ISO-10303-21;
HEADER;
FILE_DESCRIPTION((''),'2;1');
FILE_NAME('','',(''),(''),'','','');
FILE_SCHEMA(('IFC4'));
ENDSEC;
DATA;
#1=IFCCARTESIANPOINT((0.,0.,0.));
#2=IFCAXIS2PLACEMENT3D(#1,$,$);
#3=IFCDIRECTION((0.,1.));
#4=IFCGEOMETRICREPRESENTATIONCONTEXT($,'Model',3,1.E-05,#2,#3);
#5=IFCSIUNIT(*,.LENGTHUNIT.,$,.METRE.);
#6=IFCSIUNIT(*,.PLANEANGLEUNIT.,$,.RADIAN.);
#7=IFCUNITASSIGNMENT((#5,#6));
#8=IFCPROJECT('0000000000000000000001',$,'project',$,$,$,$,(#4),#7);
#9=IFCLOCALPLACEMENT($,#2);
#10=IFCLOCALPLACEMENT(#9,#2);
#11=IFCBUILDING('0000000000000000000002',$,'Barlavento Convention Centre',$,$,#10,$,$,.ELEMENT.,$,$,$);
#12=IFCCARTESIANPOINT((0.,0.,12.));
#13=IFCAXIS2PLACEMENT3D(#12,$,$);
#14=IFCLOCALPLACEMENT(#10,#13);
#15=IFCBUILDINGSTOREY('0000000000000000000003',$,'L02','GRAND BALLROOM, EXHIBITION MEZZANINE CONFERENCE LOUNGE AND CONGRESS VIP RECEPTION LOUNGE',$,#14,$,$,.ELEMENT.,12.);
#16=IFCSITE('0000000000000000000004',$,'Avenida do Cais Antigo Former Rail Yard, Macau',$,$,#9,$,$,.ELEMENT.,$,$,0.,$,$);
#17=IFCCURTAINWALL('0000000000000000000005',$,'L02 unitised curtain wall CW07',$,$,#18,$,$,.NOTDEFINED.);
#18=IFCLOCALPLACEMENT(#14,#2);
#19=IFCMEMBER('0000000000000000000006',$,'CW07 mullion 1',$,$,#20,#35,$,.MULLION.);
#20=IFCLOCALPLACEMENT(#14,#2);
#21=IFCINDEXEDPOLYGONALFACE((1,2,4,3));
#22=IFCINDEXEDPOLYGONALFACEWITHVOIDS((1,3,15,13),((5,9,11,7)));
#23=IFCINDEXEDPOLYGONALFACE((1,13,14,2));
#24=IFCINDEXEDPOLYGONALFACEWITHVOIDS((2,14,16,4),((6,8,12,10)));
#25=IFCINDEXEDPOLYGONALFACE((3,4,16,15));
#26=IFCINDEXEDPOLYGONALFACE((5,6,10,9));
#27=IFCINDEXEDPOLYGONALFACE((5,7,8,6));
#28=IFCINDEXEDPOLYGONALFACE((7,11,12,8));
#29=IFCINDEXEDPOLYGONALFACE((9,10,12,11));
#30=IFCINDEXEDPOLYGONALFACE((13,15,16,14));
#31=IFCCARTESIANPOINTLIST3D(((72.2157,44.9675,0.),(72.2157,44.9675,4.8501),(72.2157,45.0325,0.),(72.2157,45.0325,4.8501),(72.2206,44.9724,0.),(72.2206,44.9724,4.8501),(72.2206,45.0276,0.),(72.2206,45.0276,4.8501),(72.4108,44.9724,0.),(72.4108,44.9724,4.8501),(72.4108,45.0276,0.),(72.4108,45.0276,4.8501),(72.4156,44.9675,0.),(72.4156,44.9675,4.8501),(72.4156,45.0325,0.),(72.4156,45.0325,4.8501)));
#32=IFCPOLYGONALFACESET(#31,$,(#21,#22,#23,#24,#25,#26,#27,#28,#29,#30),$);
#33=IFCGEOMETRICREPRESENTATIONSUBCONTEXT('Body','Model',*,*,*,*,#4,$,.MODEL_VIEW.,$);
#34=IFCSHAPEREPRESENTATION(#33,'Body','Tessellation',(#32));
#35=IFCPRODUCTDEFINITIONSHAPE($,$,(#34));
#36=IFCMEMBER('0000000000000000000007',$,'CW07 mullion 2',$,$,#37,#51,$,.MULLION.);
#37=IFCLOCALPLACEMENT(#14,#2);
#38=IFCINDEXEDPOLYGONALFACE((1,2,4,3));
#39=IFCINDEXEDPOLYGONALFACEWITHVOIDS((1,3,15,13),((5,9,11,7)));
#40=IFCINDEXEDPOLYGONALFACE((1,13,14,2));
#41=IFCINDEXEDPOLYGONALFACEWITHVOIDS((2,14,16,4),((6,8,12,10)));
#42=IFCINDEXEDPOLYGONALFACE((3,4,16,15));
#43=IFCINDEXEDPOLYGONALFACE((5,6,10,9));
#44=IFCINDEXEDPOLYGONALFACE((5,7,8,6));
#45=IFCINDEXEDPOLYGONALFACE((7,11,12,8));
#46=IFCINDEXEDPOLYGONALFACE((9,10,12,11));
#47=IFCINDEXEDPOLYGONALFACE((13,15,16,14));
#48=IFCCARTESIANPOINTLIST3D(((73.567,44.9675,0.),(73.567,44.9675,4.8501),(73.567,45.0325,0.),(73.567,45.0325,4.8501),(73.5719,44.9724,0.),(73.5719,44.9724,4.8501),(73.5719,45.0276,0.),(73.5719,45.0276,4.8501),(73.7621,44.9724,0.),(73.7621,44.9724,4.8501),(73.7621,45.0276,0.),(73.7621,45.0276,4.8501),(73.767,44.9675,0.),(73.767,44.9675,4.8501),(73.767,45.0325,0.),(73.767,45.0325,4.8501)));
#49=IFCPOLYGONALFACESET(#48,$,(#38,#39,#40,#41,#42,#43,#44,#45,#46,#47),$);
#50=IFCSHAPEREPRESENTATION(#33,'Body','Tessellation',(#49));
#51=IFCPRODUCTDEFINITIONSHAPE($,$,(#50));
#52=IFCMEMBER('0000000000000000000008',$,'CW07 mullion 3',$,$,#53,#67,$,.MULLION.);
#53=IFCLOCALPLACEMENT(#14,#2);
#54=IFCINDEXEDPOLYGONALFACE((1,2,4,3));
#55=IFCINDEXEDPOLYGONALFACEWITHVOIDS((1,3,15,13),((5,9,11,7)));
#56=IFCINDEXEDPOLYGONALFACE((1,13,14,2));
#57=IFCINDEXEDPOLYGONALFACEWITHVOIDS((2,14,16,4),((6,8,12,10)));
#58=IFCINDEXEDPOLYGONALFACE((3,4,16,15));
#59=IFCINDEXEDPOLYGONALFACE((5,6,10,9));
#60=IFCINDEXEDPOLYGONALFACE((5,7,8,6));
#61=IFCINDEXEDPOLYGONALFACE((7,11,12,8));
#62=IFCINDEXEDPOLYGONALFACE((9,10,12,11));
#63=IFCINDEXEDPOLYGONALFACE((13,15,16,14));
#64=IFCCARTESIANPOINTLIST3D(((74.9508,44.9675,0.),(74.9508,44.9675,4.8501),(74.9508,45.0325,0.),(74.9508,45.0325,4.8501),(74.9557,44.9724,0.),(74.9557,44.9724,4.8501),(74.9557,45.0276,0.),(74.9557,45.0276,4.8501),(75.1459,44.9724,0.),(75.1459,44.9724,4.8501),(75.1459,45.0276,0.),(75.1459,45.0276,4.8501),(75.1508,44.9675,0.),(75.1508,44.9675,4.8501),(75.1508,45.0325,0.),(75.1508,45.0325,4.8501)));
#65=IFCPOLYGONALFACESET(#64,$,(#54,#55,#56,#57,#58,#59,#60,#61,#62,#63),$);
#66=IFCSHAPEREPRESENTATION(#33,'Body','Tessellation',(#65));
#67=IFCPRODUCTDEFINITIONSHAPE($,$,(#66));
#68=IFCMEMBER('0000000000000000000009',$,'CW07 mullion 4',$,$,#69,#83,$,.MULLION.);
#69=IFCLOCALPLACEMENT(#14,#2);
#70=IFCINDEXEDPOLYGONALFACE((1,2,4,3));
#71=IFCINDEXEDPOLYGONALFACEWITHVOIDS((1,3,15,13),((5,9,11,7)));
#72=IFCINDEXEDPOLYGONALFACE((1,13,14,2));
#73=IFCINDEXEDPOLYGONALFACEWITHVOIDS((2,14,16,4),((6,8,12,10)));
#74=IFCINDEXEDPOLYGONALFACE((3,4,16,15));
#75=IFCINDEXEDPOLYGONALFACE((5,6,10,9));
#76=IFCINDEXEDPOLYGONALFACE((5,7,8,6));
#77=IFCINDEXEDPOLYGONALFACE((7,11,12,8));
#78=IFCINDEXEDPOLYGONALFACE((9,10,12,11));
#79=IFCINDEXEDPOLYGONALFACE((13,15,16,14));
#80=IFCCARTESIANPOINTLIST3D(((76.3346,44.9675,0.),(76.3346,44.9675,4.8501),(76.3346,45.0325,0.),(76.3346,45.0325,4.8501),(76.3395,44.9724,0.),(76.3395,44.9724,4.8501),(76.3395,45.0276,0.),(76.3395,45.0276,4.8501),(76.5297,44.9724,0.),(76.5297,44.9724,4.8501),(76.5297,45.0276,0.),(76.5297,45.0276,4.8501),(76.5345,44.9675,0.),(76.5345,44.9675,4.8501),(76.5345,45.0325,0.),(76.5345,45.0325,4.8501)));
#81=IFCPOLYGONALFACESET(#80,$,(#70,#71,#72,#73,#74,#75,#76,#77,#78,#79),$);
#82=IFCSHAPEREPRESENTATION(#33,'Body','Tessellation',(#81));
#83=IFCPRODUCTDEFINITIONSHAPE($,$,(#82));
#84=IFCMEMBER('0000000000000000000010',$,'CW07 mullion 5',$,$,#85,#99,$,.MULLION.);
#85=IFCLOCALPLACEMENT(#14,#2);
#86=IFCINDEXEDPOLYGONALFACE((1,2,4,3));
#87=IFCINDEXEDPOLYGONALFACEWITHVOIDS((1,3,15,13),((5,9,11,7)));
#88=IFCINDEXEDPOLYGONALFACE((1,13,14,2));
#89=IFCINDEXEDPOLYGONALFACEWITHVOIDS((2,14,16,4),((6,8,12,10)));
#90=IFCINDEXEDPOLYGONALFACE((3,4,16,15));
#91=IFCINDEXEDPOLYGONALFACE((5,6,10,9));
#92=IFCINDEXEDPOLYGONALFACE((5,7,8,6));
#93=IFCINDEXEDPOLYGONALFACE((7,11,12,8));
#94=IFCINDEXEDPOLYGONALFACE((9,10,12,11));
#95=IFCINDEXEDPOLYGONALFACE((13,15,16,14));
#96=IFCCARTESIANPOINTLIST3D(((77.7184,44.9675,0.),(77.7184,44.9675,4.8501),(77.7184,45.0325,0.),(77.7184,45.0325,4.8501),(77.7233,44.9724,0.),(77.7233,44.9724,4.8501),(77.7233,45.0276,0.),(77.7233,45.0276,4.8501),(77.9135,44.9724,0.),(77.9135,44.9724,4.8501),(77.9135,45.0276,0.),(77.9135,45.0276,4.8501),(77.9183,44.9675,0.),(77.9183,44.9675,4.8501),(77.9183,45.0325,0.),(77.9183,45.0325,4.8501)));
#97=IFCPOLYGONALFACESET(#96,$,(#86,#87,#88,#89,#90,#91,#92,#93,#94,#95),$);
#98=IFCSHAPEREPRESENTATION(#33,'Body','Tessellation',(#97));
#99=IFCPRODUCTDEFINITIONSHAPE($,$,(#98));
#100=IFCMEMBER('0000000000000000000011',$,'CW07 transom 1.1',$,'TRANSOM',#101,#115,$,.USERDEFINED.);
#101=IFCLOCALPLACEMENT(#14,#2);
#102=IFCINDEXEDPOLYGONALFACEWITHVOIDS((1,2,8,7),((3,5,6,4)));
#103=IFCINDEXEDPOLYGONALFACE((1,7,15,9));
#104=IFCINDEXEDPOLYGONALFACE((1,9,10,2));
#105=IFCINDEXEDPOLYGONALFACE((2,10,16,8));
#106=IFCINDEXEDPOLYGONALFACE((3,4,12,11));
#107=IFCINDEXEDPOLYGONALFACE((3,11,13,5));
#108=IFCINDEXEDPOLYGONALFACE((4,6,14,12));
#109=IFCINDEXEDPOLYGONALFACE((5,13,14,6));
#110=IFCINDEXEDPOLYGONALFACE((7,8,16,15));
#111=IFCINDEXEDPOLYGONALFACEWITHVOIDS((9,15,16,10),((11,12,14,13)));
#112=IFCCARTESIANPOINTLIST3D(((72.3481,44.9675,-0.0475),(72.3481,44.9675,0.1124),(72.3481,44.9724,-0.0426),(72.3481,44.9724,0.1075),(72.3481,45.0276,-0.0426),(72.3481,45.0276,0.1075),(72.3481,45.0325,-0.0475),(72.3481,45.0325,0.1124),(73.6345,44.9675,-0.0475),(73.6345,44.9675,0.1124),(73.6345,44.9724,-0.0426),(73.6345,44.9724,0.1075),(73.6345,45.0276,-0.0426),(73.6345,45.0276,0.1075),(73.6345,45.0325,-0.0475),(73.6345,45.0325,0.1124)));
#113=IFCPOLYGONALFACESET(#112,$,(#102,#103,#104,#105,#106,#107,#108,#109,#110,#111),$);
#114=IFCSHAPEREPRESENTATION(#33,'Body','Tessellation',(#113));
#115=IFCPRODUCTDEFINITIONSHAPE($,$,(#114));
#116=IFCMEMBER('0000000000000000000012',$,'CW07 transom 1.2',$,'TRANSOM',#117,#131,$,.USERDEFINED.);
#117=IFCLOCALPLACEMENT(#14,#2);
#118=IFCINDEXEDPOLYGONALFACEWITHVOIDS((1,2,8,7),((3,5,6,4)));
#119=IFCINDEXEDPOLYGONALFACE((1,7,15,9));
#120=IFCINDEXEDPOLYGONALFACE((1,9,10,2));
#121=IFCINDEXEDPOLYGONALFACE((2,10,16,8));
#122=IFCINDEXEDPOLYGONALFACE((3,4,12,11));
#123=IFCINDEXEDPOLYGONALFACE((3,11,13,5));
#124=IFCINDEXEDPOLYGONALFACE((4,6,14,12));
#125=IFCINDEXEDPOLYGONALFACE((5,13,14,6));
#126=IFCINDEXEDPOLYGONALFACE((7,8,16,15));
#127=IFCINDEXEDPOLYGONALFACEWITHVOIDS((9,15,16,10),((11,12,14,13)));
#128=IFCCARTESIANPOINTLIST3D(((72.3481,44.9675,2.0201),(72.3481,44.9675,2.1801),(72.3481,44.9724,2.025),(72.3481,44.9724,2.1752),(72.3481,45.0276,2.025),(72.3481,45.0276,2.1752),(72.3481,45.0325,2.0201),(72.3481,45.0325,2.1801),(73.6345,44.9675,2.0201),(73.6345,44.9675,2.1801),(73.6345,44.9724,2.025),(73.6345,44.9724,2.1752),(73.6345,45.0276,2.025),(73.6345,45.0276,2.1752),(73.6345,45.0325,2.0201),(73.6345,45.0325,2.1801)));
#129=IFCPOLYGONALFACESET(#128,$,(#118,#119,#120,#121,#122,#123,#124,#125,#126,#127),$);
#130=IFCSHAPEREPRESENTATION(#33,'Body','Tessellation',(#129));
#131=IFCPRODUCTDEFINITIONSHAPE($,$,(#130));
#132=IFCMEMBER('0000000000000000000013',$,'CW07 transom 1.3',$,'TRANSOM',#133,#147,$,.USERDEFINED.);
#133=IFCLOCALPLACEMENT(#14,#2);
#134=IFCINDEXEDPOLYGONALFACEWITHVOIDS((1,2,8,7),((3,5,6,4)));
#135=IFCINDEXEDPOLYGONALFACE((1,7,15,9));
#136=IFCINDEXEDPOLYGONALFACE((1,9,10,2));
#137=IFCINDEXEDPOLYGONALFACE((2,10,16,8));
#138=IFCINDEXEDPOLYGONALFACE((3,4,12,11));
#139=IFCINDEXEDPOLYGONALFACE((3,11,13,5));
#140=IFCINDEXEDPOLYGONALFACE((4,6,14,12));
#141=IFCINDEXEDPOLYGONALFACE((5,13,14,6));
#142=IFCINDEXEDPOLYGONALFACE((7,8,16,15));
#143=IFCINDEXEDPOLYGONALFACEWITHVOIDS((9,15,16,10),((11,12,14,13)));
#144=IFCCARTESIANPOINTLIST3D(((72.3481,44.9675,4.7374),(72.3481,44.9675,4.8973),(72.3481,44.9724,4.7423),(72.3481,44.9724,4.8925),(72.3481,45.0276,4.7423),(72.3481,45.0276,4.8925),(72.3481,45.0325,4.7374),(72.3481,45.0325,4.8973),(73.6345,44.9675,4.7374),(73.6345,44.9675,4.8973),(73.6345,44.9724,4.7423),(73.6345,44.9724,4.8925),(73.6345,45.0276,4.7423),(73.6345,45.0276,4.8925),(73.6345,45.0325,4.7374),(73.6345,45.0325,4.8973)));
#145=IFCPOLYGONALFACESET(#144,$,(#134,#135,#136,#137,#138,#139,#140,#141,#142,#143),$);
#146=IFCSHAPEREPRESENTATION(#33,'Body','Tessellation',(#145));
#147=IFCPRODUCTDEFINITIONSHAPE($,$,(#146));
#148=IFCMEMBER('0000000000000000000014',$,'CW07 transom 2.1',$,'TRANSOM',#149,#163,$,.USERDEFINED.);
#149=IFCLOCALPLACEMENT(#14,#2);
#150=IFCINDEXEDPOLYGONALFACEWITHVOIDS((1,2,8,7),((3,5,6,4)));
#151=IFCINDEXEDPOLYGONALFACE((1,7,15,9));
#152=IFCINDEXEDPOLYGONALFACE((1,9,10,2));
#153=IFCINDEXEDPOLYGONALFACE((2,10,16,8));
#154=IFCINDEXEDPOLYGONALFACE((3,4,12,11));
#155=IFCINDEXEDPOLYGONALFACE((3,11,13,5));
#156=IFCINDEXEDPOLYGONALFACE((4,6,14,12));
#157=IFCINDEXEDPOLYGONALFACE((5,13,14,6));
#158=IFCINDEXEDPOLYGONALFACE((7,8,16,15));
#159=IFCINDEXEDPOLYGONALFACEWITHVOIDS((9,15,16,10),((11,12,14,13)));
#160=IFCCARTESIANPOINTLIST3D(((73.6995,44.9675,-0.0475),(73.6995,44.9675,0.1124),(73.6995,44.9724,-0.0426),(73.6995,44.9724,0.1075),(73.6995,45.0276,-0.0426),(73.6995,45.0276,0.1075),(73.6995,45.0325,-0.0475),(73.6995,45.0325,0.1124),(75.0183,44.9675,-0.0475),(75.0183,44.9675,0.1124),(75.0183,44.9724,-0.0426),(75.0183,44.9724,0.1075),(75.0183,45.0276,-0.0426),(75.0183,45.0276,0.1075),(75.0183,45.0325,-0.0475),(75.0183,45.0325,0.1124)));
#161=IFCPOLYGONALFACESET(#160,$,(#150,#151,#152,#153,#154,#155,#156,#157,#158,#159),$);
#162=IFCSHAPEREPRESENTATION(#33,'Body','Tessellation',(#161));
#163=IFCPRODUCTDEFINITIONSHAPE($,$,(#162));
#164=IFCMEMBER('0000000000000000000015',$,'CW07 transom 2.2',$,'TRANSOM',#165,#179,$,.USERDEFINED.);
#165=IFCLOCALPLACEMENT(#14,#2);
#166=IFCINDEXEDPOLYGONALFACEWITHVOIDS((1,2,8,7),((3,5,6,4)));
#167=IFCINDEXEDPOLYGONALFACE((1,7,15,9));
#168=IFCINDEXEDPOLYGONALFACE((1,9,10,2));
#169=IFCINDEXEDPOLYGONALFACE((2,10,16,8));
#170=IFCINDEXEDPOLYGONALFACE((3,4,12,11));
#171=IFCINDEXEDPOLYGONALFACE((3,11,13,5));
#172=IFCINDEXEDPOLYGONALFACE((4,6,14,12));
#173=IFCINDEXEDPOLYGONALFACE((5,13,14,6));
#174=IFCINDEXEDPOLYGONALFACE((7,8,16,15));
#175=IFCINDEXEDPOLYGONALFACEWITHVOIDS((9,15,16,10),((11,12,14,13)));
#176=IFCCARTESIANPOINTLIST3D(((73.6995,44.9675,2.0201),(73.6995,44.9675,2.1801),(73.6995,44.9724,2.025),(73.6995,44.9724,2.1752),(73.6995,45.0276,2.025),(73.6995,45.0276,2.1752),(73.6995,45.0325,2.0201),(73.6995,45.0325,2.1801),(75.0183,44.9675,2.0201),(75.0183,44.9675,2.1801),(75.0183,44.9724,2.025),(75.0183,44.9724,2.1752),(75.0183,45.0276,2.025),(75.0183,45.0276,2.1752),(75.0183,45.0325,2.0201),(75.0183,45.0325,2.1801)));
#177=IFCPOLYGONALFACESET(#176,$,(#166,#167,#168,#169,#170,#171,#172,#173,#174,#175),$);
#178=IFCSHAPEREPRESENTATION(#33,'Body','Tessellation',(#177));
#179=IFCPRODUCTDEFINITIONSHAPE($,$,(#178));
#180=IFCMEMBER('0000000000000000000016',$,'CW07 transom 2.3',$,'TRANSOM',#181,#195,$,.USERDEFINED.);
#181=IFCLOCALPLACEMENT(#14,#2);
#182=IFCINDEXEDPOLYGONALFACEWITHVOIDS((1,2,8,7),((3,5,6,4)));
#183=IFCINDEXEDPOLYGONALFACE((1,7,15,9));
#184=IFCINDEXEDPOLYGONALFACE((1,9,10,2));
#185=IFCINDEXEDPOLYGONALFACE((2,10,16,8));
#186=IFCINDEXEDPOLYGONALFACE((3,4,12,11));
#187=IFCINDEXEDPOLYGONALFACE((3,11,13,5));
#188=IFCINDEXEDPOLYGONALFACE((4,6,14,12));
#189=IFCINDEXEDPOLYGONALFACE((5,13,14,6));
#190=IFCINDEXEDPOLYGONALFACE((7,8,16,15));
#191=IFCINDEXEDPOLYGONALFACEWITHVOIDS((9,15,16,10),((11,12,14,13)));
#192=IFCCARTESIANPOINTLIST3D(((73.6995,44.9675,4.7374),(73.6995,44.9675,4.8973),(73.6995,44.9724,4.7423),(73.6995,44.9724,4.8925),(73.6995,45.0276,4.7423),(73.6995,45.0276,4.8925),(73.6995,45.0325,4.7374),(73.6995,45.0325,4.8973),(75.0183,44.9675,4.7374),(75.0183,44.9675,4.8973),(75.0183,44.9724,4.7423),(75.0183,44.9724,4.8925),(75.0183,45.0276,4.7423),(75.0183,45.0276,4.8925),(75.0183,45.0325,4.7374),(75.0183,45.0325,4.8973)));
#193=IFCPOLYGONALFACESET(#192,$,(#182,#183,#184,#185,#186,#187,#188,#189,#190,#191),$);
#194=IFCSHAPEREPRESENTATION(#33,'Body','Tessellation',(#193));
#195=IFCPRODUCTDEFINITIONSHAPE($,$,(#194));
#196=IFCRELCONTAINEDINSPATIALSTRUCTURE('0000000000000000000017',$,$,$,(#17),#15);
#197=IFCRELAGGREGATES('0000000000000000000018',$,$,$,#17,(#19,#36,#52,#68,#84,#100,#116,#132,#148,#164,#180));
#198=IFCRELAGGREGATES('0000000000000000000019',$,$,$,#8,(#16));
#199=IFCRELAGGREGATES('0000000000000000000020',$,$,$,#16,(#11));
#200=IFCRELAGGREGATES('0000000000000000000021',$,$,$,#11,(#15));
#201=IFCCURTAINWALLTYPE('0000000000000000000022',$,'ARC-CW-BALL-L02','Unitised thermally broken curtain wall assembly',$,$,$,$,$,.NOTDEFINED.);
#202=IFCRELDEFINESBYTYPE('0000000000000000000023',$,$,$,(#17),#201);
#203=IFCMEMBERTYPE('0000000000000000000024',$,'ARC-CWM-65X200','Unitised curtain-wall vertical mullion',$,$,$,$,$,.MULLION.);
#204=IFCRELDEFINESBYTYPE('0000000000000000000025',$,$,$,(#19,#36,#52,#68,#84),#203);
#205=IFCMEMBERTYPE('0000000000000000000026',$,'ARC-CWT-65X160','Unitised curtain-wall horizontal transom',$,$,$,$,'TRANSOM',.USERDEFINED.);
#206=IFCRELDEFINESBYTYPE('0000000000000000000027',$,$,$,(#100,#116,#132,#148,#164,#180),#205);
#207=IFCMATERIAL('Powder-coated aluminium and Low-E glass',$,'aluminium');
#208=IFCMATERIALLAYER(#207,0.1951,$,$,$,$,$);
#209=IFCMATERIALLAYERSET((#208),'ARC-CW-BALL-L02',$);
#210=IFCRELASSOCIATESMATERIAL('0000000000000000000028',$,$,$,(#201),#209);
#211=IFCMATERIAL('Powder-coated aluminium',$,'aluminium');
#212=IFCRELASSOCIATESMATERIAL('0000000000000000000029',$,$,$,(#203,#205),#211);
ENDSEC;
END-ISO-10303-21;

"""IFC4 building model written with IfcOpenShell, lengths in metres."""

from ifc_helpers import new_model, si_unit, direction, frame, origin, origin_2d, place, context, subcontext, project, spatial, hollow_rectangle, extrude, material, layer, layer_set, material_profile, profile_set, type_object, element, aggregate, save


model = new_model("IFC4")

# Units and contexts
model_context = context("Model", 3, precision=1e-05, world=origin(), true_north=direction((0.0, 1.0)))
body_context = subcontext(model_context, "Body", "Model", "MODEL_VIEW")
ifc_project = project(units=[si_unit("LENGTHUNIT", "METRE"), si_unit("PLANEANGLEUNIT", "RADIAN")], contexts=[model_context])

# Site, building, storey
site_placement = place(None, origin())
site = spatial("IfcSite", under=ifc_project, at=site_placement, Name="Avenida do Cais Antigo Former Rail Yard, Macau", CompositionType="ELEMENT", RefElevation=0.0)
building_placement = place(site_placement, origin())
building = spatial("IfcBuilding", under=site, at=building_placement, Name="Barlavento Convention Centre", CompositionType="ELEMENT")
storey_placement = place(building_placement, frame((0.0, 0.0, 12.0)))
storey = spatial("IfcBuildingStorey", under=building, at=storey_placement, Name="L02", Description="GRAND BALLROOM, EXHIBITION MEZZANINE CONFERENCE LOUNGE AND CONGRESS VIP RECEPTION LOUNGE", CompositionType="ELEMENT", Elevation=12.0)

# Curtain wall, members
ifc_material_1 = material(Name="Powder-coated aluminium and Low-E glass", Category="aluminium")
ifc_layer_1 = layer(ifc_material_1, 0.1951)
ifc_layer_set_1 = layer_set([ifc_layer_1], Name="ARC-CW-BALL-L02")
curtain_wall_type = type_object("IfcCurtainWallType", Name="ARC-CW-BALL-L02", Description="Unitised thermally broken curtain wall assembly", PredefinedType="NOTDEFINED", material=ifc_layer_set_1)
curtain_wall_placement = place(storey_placement, origin())
curtain_wall = element("IfcCurtainWall", 1, at=curtain_wall_placement, inside=storey, type_object=curtain_wall_type, Name="L02 unitised curtain wall CW07", PredefinedType="NOTDEFINED")
ifc_material_2 = material(Name="Powder-coated aluminium", Category="aluminium")
ifc_material_profile_1 = material_profile(ifc_material_2, hollow_rectangle(XDim=0.0649, YDim=0.2, WallThickness=0.0049, at=origin_2d()), Name="AL-MULL 65x200x5")
ifc_profile_set_1 = profile_set([ifc_material_profile_1], Name="Powder-coated aluminium")
member_type_1 = type_object("IfcMemberType", Name="ARC-CWM-65X200", Description="Unitised curtain-wall vertical mullion", PredefinedType="MULLION", material=ifc_profile_set_1)
member_1_placement = place(storey_placement, frame((72.3157, 45.0, 0.0), z_axis=(0.0, 0.0, 1.0), x_axis=(0.0, 1.0, 0.0)))
member_1 = element("IfcMember", 2, at=member_1_placement, type_object=member_type_1, Name="CW07 mullion 1", PredefinedType="MULLION", context=body_context, shape_type="SweptSolid", body=[
    extrude(hollow_rectangle(XDim=0.0649, YDim=0.2, WallThickness=0.0049, at=origin_2d()), origin(), (0.0, 0.0, 1.0), 4.8501),
])
member_2_placement = place(storey_placement, frame((73.667, 45.0, 0.0), z_axis=(0.0, 0.0, 1.0), x_axis=(0.0, 1.0, 0.0)))
member_2 = element("IfcMember", 3, at=member_2_placement, type_object=member_type_1, Name="CW07 mullion 2", PredefinedType="MULLION", context=body_context, shape_type="SweptSolid", body=[
    extrude(hollow_rectangle(XDim=0.0649, YDim=0.2, WallThickness=0.0049, at=origin_2d()), origin(), (0.0, 0.0, 1.0), 4.8501),
])
member_3_placement = place(storey_placement, frame((75.0508, 45.0, 0.0), z_axis=(0.0, 0.0, 1.0), x_axis=(0.0, 1.0, 0.0)))
member_3 = element("IfcMember", 4, at=member_3_placement, type_object=member_type_1, Name="CW07 mullion 3", PredefinedType="MULLION", context=body_context, shape_type="SweptSolid", body=[
    extrude(hollow_rectangle(XDim=0.0649, YDim=0.2, WallThickness=0.0049, at=origin_2d()), origin(), (0.0, 0.0, 1.0), 4.8501),
])
member_4_placement = place(storey_placement, frame((76.4346, 45.0, 0.0), z_axis=(0.0, 0.0, 1.0), x_axis=(0.0, 1.0, 0.0)))
member_4 = element("IfcMember", 5, at=member_4_placement, type_object=member_type_1, Name="CW07 mullion 4", PredefinedType="MULLION", context=body_context, shape_type="SweptSolid", body=[
    extrude(hollow_rectangle(XDim=0.0649, YDim=0.2, WallThickness=0.0049, at=origin_2d()), origin(), (0.0, 0.0, 1.0), 4.8501),
])
member_5_placement = place(storey_placement, frame((77.8184, 45.0, 0.0), z_axis=(0.0, 0.0, 1.0), x_axis=(0.0, 1.0, 0.0)))
member_5 = element("IfcMember", 6, at=member_5_placement, type_object=member_type_1, Name="CW07 mullion 5", PredefinedType="MULLION", context=body_context, shape_type="SweptSolid", body=[
    extrude(hollow_rectangle(XDim=0.0649, YDim=0.2, WallThickness=0.0049, at=origin_2d()), origin(), (0.0, 0.0, 1.0), 4.8501),
])
ifc_material_profile_2 = material_profile(ifc_material_2, hollow_rectangle(XDim=0.0649, YDim=0.1599, WallThickness=0.0049, at=origin_2d()), Name="AL-TRAN 65x160x5")
ifc_profile_set_2 = profile_set([ifc_material_profile_2], Name="Powder-coated aluminium")
member_type_2 = type_object("IfcMemberType", Name="ARC-CWT-65X160", Description="Unitised curtain-wall horizontal transom", ElementType="TRANSOM", PredefinedType="USERDEFINED", material=ifc_profile_set_2)
member_6_placement = place(storey_placement, frame((72.3481, 45.0, 0.0325), z_axis=(1.0, 0.0, 0.0), x_axis=(0.0, 1.0, 0.0)))
member_6 = element("IfcMember", 7, at=member_6_placement, type_object=member_type_2, Name="CW07 transom 1.1", ObjectType="TRANSOM", PredefinedType="USERDEFINED", context=body_context, shape_type="SweptSolid", body=[
    extrude(hollow_rectangle(XDim=0.0649, YDim=0.1599, WallThickness=0.0049, at=origin_2d()), origin(), (0.0, 0.0, 1.0), 1.2864),
])
member_7_placement = place(storey_placement, frame((72.3481, 45.0, 2.1001), z_axis=(1.0, 0.0, 0.0), x_axis=(0.0, 1.0, 0.0)))
member_7 = element("IfcMember", 8, at=member_7_placement, type_object=member_type_2, Name="CW07 transom 1.2", ObjectType="TRANSOM", PredefinedType="USERDEFINED", context=body_context, shape_type="SweptSolid", body=[
    extrude(hollow_rectangle(XDim=0.0649, YDim=0.1599, WallThickness=0.0049, at=origin_2d()), origin(), (0.0, 0.0, 1.0), 1.2864),
])
member_8_placement = place(storey_placement, frame((72.3481, 45.0, 4.8174), z_axis=(1.0, 0.0, 0.0), x_axis=(0.0, 1.0, 0.0)))
member_8 = element("IfcMember", 9, at=member_8_placement, type_object=member_type_2, Name="CW07 transom 1.3", ObjectType="TRANSOM", PredefinedType="USERDEFINED", context=body_context, shape_type="SweptSolid", body=[
    extrude(hollow_rectangle(XDim=0.0649, YDim=0.1599, WallThickness=0.0049, at=origin_2d()), origin(), (0.0, 0.0, 1.0), 1.2864),
])
member_9_placement = place(storey_placement, frame((73.6995, 45.0, 0.0325), z_axis=(1.0, 0.0, 0.0), x_axis=(0.0, 1.0, 0.0)))
member_9 = element("IfcMember", 10, at=member_9_placement, type_object=member_type_2, Name="CW07 transom 2.1", ObjectType="TRANSOM", PredefinedType="USERDEFINED", context=body_context, shape_type="SweptSolid", body=[
    extrude(hollow_rectangle(XDim=0.0649, YDim=0.1599, WallThickness=0.0049, at=origin_2d()), origin(), (0.0, 0.0, 1.0), 1.3188),
])
member_10_placement = place(storey_placement, frame((73.6995, 45.0, 2.1001), z_axis=(1.0, 0.0, 0.0), x_axis=(0.0, 1.0, 0.0)))
member_10 = element("IfcMember", 11, at=member_10_placement, type_object=member_type_2, Name="CW07 transom 2.2", ObjectType="TRANSOM", PredefinedType="USERDEFINED", context=body_context, shape_type="SweptSolid", body=[
    extrude(hollow_rectangle(XDim=0.0649, YDim=0.1599, WallThickness=0.0049, at=origin_2d()), origin(), (0.0, 0.0, 1.0), 1.3188),
])
member_11_placement = place(storey_placement, frame((73.6995, 45.0, 4.8174), z_axis=(1.0, 0.0, 0.0), x_axis=(0.0, 1.0, 0.0)))
member_11 = element("IfcMember", 12, at=member_11_placement, type_object=member_type_2, Name="CW07 transom 2.3", ObjectType="TRANSOM", PredefinedType="USERDEFINED", context=body_context, shape_type="SweptSolid", body=[
    extrude(hollow_rectangle(XDim=0.0649, YDim=0.1599, WallThickness=0.0049, at=origin_2d()), origin(), (0.0, 0.0, 1.0), 1.3188),
])

aggregate(curtain_wall, [member_1, member_2, member_3, member_4, member_5, member_6, member_7, member_8, member_9, member_10, member_11])

save(model, "model.ifc")
